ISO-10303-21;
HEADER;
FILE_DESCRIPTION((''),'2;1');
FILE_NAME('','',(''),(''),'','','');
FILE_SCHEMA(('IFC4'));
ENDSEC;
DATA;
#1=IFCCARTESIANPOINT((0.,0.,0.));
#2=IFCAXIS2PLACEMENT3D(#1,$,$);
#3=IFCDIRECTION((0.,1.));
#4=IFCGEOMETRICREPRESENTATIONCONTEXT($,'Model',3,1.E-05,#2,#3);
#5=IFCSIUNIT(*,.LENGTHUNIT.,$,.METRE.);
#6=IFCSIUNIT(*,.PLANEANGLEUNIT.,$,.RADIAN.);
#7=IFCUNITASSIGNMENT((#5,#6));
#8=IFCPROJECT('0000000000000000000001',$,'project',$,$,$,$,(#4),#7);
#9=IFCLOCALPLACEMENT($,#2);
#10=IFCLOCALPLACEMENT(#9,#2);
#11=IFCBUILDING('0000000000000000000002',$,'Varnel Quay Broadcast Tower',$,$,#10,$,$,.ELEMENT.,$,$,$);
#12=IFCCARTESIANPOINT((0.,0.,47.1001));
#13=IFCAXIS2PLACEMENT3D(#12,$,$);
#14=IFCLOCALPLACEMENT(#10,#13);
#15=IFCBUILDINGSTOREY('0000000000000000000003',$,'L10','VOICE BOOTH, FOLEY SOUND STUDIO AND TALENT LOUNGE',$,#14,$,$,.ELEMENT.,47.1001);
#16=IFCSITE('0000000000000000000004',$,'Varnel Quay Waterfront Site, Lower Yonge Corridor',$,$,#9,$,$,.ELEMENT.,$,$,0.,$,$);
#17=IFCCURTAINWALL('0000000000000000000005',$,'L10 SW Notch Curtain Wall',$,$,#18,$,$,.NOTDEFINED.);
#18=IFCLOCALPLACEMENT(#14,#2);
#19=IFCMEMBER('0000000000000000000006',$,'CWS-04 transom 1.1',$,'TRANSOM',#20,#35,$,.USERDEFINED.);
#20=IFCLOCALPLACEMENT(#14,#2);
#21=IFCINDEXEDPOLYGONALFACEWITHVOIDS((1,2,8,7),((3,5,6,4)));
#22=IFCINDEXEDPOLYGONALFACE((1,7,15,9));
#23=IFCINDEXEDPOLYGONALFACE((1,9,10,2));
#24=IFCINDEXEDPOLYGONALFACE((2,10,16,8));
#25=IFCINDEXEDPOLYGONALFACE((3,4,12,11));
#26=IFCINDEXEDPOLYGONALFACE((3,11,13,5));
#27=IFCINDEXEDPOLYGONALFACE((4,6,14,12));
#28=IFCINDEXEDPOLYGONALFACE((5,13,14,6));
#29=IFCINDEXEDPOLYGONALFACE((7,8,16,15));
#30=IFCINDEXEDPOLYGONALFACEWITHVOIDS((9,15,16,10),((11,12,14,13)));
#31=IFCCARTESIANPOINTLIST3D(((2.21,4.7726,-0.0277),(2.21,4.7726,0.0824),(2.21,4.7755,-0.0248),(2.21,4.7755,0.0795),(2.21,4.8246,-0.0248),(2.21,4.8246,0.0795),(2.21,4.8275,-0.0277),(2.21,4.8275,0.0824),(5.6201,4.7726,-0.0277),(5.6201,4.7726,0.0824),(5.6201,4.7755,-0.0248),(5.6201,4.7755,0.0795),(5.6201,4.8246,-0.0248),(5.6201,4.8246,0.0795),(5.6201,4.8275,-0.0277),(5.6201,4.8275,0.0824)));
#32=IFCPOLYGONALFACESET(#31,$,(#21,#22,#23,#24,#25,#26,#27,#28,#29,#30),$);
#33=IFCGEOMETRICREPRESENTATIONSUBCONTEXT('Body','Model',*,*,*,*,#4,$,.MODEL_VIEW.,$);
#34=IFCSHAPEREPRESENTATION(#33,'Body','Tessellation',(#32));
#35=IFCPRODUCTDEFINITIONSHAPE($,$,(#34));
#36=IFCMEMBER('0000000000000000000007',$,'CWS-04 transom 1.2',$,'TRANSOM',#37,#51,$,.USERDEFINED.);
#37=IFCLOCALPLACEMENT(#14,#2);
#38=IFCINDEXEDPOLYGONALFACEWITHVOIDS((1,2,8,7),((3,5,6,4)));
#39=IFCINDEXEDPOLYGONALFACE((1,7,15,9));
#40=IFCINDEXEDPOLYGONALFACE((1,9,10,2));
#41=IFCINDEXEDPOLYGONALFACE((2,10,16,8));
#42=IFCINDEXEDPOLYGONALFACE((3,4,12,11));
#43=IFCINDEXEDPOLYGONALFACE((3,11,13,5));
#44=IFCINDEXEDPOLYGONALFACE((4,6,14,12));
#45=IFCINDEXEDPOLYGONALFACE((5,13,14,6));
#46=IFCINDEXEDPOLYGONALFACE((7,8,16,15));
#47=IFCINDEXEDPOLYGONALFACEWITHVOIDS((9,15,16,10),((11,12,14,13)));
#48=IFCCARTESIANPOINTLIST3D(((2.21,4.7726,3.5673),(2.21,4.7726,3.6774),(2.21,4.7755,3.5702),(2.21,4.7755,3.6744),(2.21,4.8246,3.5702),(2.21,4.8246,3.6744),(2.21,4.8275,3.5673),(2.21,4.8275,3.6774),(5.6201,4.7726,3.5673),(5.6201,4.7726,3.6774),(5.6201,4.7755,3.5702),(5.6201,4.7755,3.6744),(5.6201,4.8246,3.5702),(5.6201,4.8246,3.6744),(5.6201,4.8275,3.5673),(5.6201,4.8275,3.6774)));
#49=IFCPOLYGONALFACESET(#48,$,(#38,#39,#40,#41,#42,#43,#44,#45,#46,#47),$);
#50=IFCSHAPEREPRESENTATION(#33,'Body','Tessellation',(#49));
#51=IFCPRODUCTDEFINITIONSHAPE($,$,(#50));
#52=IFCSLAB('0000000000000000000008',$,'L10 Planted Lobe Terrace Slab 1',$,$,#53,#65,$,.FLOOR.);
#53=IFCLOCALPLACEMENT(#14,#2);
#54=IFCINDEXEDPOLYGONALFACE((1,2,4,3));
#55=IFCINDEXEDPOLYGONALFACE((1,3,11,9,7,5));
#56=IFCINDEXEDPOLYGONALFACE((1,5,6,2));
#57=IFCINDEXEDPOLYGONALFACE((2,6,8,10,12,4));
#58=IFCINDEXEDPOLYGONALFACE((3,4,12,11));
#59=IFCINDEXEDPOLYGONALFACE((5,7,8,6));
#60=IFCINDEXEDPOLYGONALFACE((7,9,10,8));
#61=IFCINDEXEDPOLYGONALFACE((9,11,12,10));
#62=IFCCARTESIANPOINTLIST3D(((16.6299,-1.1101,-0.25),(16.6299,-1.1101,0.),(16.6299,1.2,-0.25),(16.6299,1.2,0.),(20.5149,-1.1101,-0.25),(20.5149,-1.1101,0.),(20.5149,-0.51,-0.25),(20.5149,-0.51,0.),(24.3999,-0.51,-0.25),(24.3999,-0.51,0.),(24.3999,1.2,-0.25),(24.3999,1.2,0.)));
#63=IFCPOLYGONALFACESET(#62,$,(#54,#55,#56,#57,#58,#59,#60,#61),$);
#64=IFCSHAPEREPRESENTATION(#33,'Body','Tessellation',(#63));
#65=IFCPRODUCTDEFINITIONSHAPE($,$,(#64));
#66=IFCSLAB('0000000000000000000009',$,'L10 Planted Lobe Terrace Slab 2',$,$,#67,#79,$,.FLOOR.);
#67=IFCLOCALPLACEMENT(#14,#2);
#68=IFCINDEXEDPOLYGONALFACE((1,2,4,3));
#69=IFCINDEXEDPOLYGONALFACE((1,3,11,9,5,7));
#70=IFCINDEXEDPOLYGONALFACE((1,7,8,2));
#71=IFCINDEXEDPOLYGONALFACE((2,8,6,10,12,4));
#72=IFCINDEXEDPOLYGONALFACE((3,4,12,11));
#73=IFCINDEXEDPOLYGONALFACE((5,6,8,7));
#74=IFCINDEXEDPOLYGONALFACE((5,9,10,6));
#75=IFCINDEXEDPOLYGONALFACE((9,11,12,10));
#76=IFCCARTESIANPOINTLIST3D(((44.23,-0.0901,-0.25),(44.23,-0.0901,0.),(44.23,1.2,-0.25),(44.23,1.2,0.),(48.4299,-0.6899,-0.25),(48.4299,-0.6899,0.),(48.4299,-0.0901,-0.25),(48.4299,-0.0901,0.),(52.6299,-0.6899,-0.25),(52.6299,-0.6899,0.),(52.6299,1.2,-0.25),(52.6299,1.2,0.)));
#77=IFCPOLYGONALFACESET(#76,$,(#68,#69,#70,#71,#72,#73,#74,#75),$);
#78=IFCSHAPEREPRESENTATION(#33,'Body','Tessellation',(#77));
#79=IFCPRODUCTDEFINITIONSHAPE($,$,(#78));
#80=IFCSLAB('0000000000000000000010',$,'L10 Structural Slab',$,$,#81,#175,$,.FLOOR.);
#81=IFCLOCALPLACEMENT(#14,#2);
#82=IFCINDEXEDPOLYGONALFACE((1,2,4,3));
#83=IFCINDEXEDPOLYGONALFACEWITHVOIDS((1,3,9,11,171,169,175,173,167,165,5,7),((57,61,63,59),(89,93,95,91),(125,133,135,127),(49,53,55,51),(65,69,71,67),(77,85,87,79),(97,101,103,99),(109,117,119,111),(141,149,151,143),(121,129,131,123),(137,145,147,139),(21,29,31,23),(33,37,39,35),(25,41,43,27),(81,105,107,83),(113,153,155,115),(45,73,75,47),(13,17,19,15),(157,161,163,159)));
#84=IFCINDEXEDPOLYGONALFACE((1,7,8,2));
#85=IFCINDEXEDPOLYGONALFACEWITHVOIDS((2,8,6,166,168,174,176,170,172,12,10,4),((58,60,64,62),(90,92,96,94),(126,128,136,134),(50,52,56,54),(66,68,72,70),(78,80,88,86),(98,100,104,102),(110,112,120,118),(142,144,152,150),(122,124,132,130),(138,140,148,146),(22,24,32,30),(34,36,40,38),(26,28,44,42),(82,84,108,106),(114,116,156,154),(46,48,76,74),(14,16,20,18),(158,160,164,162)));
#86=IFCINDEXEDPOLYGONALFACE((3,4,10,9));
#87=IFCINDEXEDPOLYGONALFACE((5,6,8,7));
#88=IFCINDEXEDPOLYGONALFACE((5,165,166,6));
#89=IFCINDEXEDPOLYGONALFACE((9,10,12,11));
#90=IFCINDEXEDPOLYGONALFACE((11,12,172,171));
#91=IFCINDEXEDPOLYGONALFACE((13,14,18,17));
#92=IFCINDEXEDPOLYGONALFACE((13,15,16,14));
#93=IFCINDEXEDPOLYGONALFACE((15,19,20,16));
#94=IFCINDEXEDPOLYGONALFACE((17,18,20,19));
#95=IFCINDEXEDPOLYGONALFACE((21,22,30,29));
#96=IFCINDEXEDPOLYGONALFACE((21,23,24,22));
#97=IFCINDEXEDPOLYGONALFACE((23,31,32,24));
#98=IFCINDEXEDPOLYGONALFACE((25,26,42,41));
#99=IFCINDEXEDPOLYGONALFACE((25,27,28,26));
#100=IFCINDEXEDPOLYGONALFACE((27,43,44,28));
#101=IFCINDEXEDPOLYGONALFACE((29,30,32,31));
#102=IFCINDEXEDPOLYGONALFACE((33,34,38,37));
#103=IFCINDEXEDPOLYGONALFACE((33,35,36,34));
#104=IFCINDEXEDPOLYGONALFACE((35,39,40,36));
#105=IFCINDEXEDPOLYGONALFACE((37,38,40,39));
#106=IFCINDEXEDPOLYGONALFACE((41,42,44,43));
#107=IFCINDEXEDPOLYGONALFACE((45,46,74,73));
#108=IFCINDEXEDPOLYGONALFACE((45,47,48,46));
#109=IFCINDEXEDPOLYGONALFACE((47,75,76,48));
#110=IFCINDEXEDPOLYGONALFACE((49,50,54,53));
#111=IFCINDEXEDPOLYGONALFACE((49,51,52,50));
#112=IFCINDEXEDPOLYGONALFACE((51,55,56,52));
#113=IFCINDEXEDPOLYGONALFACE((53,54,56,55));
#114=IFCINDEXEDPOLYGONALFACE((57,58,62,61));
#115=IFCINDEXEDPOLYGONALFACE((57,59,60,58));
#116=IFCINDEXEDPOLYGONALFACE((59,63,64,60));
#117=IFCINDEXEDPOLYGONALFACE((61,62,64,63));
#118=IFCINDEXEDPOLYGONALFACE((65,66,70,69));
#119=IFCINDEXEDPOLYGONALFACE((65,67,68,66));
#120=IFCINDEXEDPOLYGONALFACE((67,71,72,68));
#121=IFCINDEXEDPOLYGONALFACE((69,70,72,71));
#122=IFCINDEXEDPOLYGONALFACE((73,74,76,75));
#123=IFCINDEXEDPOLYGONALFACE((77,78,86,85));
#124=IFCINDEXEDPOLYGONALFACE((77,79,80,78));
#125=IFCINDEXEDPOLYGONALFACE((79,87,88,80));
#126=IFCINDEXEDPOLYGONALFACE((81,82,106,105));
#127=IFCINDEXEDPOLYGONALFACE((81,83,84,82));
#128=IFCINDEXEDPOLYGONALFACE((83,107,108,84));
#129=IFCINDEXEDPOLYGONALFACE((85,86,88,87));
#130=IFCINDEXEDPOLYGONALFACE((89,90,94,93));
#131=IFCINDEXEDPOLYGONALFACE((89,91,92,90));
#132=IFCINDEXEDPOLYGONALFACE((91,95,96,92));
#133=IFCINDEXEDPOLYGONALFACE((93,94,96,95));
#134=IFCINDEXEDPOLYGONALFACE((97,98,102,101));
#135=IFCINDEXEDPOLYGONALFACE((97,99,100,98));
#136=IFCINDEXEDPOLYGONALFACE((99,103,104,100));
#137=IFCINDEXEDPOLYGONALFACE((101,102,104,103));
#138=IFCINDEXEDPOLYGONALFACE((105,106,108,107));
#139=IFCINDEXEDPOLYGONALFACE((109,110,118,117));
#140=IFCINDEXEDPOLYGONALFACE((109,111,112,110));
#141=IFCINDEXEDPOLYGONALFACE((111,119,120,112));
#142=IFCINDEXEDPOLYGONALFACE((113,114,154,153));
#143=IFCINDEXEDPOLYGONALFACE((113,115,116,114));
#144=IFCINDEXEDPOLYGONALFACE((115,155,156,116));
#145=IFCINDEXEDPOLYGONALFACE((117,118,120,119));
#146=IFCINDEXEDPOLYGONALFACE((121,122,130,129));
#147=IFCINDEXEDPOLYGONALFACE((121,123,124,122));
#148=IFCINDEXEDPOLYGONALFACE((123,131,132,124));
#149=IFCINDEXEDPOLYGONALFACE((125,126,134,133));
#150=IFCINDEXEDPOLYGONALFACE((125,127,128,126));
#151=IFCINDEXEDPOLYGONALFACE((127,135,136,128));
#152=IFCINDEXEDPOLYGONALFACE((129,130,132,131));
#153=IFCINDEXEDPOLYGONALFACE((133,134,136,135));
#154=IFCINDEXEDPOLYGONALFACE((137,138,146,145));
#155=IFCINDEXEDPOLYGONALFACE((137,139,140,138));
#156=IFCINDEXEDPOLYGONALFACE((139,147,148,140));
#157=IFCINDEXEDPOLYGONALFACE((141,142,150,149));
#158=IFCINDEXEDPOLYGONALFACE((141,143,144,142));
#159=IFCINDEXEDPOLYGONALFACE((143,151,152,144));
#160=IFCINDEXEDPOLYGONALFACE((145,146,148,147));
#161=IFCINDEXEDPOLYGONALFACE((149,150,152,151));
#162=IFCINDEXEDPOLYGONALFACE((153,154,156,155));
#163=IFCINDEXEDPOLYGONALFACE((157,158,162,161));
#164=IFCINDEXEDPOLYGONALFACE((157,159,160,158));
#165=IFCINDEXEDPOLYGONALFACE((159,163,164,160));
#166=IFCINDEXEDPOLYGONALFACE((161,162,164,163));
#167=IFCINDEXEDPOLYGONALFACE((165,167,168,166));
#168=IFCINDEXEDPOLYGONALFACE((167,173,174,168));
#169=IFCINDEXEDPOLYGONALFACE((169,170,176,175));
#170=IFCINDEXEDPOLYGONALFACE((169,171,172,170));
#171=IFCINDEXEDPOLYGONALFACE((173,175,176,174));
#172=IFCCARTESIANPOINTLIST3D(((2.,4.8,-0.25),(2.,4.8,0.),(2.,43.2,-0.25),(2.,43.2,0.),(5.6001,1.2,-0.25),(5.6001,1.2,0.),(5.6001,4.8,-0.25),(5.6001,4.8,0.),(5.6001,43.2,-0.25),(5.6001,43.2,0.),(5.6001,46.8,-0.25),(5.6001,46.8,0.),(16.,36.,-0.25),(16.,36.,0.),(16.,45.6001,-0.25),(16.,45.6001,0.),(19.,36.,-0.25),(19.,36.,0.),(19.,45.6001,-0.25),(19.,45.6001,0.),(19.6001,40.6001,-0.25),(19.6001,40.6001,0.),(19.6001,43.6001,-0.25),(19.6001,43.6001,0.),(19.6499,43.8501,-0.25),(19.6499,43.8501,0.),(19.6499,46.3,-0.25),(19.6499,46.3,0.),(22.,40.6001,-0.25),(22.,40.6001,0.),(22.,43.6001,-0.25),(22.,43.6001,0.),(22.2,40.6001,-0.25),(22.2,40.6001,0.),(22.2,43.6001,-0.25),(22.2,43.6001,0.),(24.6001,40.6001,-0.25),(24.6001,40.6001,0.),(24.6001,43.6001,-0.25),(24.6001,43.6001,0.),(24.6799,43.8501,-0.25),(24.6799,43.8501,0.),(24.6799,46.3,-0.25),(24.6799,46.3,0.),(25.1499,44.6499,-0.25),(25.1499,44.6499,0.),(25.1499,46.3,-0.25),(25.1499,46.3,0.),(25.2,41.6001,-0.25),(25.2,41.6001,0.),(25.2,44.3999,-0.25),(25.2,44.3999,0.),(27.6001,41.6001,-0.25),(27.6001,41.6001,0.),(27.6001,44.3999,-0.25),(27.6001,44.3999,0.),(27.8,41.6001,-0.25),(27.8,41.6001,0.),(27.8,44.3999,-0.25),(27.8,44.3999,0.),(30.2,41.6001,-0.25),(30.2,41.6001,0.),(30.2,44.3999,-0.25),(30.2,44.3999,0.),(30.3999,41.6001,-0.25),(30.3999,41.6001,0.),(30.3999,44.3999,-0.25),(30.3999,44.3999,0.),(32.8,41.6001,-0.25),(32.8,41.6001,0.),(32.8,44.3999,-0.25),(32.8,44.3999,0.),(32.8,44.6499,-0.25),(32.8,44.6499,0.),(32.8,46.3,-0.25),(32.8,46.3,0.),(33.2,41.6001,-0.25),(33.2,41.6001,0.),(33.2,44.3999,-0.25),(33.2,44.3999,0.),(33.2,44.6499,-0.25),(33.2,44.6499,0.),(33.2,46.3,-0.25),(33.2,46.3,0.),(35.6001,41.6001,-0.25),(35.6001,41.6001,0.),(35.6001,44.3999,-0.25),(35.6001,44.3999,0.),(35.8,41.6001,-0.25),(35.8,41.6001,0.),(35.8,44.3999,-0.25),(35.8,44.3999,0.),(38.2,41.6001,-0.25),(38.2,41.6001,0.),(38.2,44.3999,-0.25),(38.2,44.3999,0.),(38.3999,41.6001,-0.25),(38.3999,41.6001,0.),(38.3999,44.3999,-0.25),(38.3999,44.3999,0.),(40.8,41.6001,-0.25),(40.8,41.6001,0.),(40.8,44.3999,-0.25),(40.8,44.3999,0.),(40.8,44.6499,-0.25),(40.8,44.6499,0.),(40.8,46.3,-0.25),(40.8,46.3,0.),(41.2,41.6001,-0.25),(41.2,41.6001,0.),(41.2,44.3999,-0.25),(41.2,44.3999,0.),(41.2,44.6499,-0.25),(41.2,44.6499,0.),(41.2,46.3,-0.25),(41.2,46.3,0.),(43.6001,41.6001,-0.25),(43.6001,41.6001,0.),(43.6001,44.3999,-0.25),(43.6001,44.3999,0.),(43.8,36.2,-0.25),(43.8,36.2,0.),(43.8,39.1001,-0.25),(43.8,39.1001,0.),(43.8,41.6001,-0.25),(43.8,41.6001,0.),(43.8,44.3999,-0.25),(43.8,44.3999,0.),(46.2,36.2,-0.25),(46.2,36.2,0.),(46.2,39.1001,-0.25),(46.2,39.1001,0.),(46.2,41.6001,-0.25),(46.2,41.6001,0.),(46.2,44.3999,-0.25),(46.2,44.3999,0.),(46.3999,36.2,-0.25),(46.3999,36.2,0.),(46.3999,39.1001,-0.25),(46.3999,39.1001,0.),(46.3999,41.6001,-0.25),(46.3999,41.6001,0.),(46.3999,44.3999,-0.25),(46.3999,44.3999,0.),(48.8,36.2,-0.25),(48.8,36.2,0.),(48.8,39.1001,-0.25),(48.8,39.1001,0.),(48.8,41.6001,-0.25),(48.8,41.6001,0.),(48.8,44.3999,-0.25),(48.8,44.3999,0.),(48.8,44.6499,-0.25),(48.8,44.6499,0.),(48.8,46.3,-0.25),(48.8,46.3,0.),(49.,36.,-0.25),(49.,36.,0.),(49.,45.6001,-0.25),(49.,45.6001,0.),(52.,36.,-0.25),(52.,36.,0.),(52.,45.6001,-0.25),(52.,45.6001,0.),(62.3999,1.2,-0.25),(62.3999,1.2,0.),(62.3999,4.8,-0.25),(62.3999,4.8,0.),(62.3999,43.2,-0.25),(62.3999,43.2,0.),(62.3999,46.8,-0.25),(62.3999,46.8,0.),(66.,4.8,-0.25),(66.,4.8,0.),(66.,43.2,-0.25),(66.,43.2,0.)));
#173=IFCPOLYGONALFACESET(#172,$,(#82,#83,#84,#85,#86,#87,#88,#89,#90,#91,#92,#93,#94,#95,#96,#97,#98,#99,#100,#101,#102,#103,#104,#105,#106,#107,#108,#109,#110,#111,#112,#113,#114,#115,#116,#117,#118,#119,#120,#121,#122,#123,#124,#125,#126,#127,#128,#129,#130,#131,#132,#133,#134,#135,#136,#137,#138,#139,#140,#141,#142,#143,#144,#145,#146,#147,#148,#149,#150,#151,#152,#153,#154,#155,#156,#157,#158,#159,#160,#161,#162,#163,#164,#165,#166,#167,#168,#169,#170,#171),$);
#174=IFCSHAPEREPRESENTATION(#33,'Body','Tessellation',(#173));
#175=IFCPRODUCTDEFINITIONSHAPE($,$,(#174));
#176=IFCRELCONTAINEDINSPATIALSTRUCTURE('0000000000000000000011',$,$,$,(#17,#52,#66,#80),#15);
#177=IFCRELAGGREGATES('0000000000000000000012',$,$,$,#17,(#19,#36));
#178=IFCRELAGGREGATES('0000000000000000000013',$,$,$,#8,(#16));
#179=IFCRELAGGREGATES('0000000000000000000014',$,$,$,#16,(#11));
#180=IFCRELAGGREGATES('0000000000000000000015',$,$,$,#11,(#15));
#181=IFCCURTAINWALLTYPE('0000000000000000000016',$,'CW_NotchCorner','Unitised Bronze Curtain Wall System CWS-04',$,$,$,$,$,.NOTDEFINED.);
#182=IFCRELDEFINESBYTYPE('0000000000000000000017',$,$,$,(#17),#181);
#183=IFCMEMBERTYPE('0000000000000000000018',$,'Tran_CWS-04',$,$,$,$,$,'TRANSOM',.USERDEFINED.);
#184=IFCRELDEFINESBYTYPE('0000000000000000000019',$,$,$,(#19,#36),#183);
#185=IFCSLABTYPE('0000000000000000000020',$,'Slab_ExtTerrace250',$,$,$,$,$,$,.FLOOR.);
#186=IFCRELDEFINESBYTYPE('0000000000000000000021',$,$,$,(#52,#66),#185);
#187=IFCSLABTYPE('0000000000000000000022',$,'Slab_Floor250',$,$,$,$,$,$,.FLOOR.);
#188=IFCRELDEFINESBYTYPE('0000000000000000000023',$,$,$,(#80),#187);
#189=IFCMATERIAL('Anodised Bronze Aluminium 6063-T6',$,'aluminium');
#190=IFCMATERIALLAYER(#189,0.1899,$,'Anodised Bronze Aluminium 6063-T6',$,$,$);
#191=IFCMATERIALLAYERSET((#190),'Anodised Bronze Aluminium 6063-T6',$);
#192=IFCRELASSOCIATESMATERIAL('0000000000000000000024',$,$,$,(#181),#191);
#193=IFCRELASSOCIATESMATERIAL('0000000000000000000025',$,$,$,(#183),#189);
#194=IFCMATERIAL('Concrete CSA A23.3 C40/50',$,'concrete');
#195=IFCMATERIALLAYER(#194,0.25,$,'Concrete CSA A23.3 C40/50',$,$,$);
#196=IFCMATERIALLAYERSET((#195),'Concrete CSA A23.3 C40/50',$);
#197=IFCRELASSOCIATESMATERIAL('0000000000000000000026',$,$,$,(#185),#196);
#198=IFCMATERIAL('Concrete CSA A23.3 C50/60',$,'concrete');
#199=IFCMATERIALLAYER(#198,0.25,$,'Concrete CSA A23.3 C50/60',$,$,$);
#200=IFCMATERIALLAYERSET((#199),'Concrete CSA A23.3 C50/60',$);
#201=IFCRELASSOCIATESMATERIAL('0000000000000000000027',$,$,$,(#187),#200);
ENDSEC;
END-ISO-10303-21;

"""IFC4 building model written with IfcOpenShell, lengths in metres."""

from ifc_helpers import new_model, si_unit, direction, frame, origin, origin_2d, place, context, subcontext, project, spatial, polyline, hollow_rectangle, outline, extrude, source, transform, mapped, material, layer, layer_set, material_profile, profile_set, type_object, type_shapes, element, aggregate, save


model = new_model("IFC4")

# Units and contexts
model_context = context("Model", 3, precision=1e-05, world=origin(), true_north=direction((0.0, 1.0)))
body_context = subcontext(model_context, "Body", "Model", "MODEL_VIEW")
ifc_project = project(units=[si_unit("LENGTHUNIT", "METRE"), si_unit("PLANEANGLEUNIT", "RADIAN")], contexts=[model_context])

# Site, building, storey
site_placement = place(None, origin())
site = spatial("IfcSite", under=ifc_project, at=site_placement, Name="Varnel Quay Waterfront Site, Lower Yonge Corridor", CompositionType="ELEMENT", RefElevation=0.0)
building_placement = place(site_placement, origin())
building = spatial("IfcBuilding", under=site, at=building_placement, Name="Varnel Quay Broadcast Tower", CompositionType="ELEMENT")
storey_placement = place(building_placement, frame((0.0, 0.0, 47.1001)))
storey = spatial("IfcBuildingStorey", under=building, at=storey_placement, Name="L10", Description="VOICE BOOTH, FOLEY SOUND STUDIO AND TALENT LOUNGE", CompositionType="ELEMENT", Elevation=47.1001)

# Curtain wall, members
ifc_material_1 = material(Name="Anodised Bronze Aluminium 6063-T6", Category="aluminium")
ifc_layer_1 = layer(ifc_material_1, 0.1899, Name="Anodised Bronze Aluminium 6063-T6")
ifc_layer_set_1 = layer_set([ifc_layer_1], Name="Anodised Bronze Aluminium 6063-T6")
curtain_wall_type_1 = type_object("IfcCurtainWallType", Name="CW_NotchCorner", Description="Unitised Bronze Curtain Wall System CWS-04", PredefinedType="NOTDEFINED", material=ifc_layer_set_1)
curtain_wall_1_placement = place(storey_placement, origin())
curtain_wall_1 = element("IfcCurtainWall", 1, at=curtain_wall_1_placement, inside=storey, type_object=curtain_wall_type_1, Name="L10 SW Notch Curtain Wall", PredefinedType="NOTDEFINED")
ifc_material_profile_1 = material_profile(ifc_material_1, hollow_rectangle(XDim=0.0549, YDim=0.1101, WallThickness=0.0029, at=origin_2d()), Name="ALU55X110X3")
ifc_profile_set_1 = profile_set([ifc_material_profile_1], Name="Anodised Bronze Aluminium 6063-T6")
member_type_1 = type_object("IfcMemberType", Name="Tran_CWS-04", ElementType="TRANSOM", PredefinedType="USERDEFINED", material=ifc_profile_set_1)
shared_shape_1 = source(origin(), body_context, "Body", "SweptSolid", [
    extrude(hollow_rectangle(XDim=0.0549, YDim=0.1101, WallThickness=0.0029, at=origin_2d()), origin(), (0.0, 0.0, 1.0), 3.4102),
])
type_shapes(member_type_1, [shared_shape_1])
member_1_placement = place(storey_placement, frame((2.21, 4.8, 0.0273), z_axis=(1.0, 0.0, 0.0), x_axis=(0.0, 1.0, 0.0)))
member_1 = element("IfcMember", 2, at=member_1_placement, type_object=member_type_1, Name="CWS-04 transom 1.1", ObjectType="TRANSOM", PredefinedType="USERDEFINED", context=body_context, shape_type="MappedRepresentation", body=[
    mapped(shared_shape_1, transform((0.0, 0.0, 0.0), x_axis=(1.0, 0.0, 0.0), y_axis=(0.0, 1.0, 0.0), z_axis=(0.0, 0.0, 1.0), scale=1.0)),
])
member_2_placement = place(storey_placement, frame((2.21, 4.8, 3.6223), z_axis=(1.0, 0.0, 0.0), x_axis=(0.0, 1.0, 0.0)))
member_2 = element("IfcMember", 3, at=member_2_placement, type_object=member_type_1, Name="CWS-04 transom 1.2", ObjectType="TRANSOM", PredefinedType="USERDEFINED", context=body_context, shape_type="MappedRepresentation", body=[
    mapped(shared_shape_1, transform((0.0, 0.0, 0.0), x_axis=(1.0, 0.0, 0.0), y_axis=(0.0, 1.0, 0.0), z_axis=(0.0, 0.0, 1.0), scale=1.0)),
])

# Slabs
ifc_material_2 = material(Name="Concrete CSA A23.3 C40/50", Category="concrete")
ifc_layer_2 = layer(ifc_material_2, 0.25, Name="Concrete CSA A23.3 C40/50")
ifc_layer_set_2 = layer_set([ifc_layer_2], Name="Concrete CSA A23.3 C40/50")
slab_type_1 = type_object("IfcSlabType", Name="Slab_ExtTerrace250", PredefinedType="FLOOR", material=ifc_layer_set_2)
slab_1_placement = place(storey_placement, frame((0.0, 0.0, -0.25)))
element("IfcSlab", 4, at=slab_1_placement, inside=storey, type_object=slab_type_1, Name="L10 Planted Lobe Terrace Slab 1", PredefinedType="FLOOR", context=body_context, shape_type="SweptSolid", body=[
    extrude(outline(polyline([(16.6299, -1.1101), (20.5149, -1.1101), (20.5149, -0.51), (24.3999, -0.51), (24.3999, 1.2), (16.6299, 1.2), (16.6299, -1.1101)])), origin(), (0.0, 0.0, 1.0), 0.25),
])
slab_2_placement = place(storey_placement, frame((0.0, 0.0, -0.25)))
element("IfcSlab", 5, at=slab_2_placement, inside=storey, type_object=slab_type_1, Name="L10 Planted Lobe Terrace Slab 2", PredefinedType="FLOOR", context=body_context, shape_type="SweptSolid", body=[
    extrude(outline(polyline([(44.23, -0.0901), (48.4299, -0.0901), (48.4299, -0.6899), (52.6299, -0.6899), (52.6299, 1.2), (44.23, 1.2), (44.23, -0.0901)])), origin(), (0.0, 0.0, 1.0), 0.25),
])
ifc_material_3 = material(Name="Concrete CSA A23.3 C50/60", Category="concrete")
ifc_layer_3 = layer(ifc_material_3, 0.25, Name="Concrete CSA A23.3 C50/60")
ifc_layer_set_3 = layer_set([ifc_layer_3], Name="Concrete CSA A23.3 C50/60")
slab_type_2 = type_object("IfcSlabType", Name="Slab_Floor250", PredefinedType="FLOOR", material=ifc_layer_set_3)
slab_3_placement = place(storey_placement, frame((0.0, 0.0, -0.25)))
element("IfcSlab", 6, at=slab_3_placement, inside=storey, type_object=slab_type_2, Name="L10 Structural Slab", PredefinedType="FLOOR", context=body_context, shape_type="SweptSolid", body=[
    extrude(outline(polyline([(5.6001, 1.2), (62.3999, 1.2), (62.3999, 4.8), (66.0, 4.8), (66.0, 43.2), (62.3999, 43.2), (62.3999, 46.8), (5.6001, 46.8), (5.6001, 43.2), (2.0, 43.2), (2.0, 4.8), (5.6001, 4.8), (5.6001, 1.2)]), holes=[polyline([(16.0, 36.0), (16.0, 45.6001), (19.0, 45.6001), (19.0, 36.0), (16.0, 36.0)]), polyline([(19.6001, 43.6001), (22.0, 43.6001), (22.0, 40.6001), (19.6001, 40.6001), (19.6001, 43.6001)]), polyline([(22.2, 43.6001), (24.6001, 43.6001), (24.6001, 40.6001), (22.2, 40.6001), (22.2, 43.6001)]), polyline([(25.2, 44.3999), (27.6001, 44.3999), (27.6001, 41.6001), (25.2, 41.6001), (25.2, 44.3999)]), polyline([(27.8, 44.3999), (30.2, 44.3999), (30.2, 41.6001), (27.8, 41.6001), (27.8, 44.3999)]), polyline([(30.3999, 44.3999), (32.8, 44.3999), (32.8, 41.6001), (30.3999, 41.6001), (30.3999, 44.3999)]), polyline([(33.2, 44.3999), (35.6001, 44.3999), (35.6001, 41.6001), (33.2, 41.6001), (33.2, 44.3999)]), polyline([(38.2, 44.3999), (38.2, 41.6001), (35.8, 41.6001), (35.8, 44.3999), (38.2, 44.3999)]), polyline([(24.6799, 46.3), (24.6799, 43.8501), (19.6499, 43.8501), (19.6499, 46.3), (24.6799, 46.3)]), polyline([(25.1499, 46.3), (32.8, 46.3), (32.8, 44.6499), (25.1499, 44.6499), (25.1499, 46.3)]), polyline([(43.8, 39.1001), (46.2, 39.1001), (46.2, 36.2), (43.8, 36.2), (43.8, 39.1001)]), polyline([(46.3999, 39.1001), (48.8, 39.1001), (48.8, 36.2), (46.3999, 36.2), (46.3999, 39.1001)]), polyline([(49.0, 45.6001), (52.0, 45.6001), (52.0, 36.0), (49.0, 36.0), (49.0, 45.6001)]), polyline([(40.8, 44.3999), (40.8, 41.6001), (38.3999, 41.6001), (38.3999, 44.3999), (40.8, 44.3999)]), polyline([(41.2, 44.3999), (43.6001, 44.3999), (43.6001, 41.6001), (41.2, 41.6001), (41.2, 44.3999)]), polyline([(43.8, 44.3999), (46.2, 44.3999), (46.2, 41.6001), (43.8, 41.6001), (43.8, 44.3999)]), polyline([(46.3999, 44.3999), (48.8, 44.3999), (48.8, 41.6001), (46.3999, 41.6001), (46.3999, 44.3999)]), polyline([(40.8, 46.3), (40.8, 44.6499), (33.2, 44.6499), (33.2, 46.3), (40.8, 46.3)]), polyline([(48.8, 46.3), (48.8, 44.6499), (41.2, 44.6499), (41.2, 46.3), (48.8, 46.3)])]), origin(), (0.0, 0.0, 1.0), 0.25),
])

aggregate(curtain_wall_1, [member_1, member_2])

save(model, "model.ifc")
